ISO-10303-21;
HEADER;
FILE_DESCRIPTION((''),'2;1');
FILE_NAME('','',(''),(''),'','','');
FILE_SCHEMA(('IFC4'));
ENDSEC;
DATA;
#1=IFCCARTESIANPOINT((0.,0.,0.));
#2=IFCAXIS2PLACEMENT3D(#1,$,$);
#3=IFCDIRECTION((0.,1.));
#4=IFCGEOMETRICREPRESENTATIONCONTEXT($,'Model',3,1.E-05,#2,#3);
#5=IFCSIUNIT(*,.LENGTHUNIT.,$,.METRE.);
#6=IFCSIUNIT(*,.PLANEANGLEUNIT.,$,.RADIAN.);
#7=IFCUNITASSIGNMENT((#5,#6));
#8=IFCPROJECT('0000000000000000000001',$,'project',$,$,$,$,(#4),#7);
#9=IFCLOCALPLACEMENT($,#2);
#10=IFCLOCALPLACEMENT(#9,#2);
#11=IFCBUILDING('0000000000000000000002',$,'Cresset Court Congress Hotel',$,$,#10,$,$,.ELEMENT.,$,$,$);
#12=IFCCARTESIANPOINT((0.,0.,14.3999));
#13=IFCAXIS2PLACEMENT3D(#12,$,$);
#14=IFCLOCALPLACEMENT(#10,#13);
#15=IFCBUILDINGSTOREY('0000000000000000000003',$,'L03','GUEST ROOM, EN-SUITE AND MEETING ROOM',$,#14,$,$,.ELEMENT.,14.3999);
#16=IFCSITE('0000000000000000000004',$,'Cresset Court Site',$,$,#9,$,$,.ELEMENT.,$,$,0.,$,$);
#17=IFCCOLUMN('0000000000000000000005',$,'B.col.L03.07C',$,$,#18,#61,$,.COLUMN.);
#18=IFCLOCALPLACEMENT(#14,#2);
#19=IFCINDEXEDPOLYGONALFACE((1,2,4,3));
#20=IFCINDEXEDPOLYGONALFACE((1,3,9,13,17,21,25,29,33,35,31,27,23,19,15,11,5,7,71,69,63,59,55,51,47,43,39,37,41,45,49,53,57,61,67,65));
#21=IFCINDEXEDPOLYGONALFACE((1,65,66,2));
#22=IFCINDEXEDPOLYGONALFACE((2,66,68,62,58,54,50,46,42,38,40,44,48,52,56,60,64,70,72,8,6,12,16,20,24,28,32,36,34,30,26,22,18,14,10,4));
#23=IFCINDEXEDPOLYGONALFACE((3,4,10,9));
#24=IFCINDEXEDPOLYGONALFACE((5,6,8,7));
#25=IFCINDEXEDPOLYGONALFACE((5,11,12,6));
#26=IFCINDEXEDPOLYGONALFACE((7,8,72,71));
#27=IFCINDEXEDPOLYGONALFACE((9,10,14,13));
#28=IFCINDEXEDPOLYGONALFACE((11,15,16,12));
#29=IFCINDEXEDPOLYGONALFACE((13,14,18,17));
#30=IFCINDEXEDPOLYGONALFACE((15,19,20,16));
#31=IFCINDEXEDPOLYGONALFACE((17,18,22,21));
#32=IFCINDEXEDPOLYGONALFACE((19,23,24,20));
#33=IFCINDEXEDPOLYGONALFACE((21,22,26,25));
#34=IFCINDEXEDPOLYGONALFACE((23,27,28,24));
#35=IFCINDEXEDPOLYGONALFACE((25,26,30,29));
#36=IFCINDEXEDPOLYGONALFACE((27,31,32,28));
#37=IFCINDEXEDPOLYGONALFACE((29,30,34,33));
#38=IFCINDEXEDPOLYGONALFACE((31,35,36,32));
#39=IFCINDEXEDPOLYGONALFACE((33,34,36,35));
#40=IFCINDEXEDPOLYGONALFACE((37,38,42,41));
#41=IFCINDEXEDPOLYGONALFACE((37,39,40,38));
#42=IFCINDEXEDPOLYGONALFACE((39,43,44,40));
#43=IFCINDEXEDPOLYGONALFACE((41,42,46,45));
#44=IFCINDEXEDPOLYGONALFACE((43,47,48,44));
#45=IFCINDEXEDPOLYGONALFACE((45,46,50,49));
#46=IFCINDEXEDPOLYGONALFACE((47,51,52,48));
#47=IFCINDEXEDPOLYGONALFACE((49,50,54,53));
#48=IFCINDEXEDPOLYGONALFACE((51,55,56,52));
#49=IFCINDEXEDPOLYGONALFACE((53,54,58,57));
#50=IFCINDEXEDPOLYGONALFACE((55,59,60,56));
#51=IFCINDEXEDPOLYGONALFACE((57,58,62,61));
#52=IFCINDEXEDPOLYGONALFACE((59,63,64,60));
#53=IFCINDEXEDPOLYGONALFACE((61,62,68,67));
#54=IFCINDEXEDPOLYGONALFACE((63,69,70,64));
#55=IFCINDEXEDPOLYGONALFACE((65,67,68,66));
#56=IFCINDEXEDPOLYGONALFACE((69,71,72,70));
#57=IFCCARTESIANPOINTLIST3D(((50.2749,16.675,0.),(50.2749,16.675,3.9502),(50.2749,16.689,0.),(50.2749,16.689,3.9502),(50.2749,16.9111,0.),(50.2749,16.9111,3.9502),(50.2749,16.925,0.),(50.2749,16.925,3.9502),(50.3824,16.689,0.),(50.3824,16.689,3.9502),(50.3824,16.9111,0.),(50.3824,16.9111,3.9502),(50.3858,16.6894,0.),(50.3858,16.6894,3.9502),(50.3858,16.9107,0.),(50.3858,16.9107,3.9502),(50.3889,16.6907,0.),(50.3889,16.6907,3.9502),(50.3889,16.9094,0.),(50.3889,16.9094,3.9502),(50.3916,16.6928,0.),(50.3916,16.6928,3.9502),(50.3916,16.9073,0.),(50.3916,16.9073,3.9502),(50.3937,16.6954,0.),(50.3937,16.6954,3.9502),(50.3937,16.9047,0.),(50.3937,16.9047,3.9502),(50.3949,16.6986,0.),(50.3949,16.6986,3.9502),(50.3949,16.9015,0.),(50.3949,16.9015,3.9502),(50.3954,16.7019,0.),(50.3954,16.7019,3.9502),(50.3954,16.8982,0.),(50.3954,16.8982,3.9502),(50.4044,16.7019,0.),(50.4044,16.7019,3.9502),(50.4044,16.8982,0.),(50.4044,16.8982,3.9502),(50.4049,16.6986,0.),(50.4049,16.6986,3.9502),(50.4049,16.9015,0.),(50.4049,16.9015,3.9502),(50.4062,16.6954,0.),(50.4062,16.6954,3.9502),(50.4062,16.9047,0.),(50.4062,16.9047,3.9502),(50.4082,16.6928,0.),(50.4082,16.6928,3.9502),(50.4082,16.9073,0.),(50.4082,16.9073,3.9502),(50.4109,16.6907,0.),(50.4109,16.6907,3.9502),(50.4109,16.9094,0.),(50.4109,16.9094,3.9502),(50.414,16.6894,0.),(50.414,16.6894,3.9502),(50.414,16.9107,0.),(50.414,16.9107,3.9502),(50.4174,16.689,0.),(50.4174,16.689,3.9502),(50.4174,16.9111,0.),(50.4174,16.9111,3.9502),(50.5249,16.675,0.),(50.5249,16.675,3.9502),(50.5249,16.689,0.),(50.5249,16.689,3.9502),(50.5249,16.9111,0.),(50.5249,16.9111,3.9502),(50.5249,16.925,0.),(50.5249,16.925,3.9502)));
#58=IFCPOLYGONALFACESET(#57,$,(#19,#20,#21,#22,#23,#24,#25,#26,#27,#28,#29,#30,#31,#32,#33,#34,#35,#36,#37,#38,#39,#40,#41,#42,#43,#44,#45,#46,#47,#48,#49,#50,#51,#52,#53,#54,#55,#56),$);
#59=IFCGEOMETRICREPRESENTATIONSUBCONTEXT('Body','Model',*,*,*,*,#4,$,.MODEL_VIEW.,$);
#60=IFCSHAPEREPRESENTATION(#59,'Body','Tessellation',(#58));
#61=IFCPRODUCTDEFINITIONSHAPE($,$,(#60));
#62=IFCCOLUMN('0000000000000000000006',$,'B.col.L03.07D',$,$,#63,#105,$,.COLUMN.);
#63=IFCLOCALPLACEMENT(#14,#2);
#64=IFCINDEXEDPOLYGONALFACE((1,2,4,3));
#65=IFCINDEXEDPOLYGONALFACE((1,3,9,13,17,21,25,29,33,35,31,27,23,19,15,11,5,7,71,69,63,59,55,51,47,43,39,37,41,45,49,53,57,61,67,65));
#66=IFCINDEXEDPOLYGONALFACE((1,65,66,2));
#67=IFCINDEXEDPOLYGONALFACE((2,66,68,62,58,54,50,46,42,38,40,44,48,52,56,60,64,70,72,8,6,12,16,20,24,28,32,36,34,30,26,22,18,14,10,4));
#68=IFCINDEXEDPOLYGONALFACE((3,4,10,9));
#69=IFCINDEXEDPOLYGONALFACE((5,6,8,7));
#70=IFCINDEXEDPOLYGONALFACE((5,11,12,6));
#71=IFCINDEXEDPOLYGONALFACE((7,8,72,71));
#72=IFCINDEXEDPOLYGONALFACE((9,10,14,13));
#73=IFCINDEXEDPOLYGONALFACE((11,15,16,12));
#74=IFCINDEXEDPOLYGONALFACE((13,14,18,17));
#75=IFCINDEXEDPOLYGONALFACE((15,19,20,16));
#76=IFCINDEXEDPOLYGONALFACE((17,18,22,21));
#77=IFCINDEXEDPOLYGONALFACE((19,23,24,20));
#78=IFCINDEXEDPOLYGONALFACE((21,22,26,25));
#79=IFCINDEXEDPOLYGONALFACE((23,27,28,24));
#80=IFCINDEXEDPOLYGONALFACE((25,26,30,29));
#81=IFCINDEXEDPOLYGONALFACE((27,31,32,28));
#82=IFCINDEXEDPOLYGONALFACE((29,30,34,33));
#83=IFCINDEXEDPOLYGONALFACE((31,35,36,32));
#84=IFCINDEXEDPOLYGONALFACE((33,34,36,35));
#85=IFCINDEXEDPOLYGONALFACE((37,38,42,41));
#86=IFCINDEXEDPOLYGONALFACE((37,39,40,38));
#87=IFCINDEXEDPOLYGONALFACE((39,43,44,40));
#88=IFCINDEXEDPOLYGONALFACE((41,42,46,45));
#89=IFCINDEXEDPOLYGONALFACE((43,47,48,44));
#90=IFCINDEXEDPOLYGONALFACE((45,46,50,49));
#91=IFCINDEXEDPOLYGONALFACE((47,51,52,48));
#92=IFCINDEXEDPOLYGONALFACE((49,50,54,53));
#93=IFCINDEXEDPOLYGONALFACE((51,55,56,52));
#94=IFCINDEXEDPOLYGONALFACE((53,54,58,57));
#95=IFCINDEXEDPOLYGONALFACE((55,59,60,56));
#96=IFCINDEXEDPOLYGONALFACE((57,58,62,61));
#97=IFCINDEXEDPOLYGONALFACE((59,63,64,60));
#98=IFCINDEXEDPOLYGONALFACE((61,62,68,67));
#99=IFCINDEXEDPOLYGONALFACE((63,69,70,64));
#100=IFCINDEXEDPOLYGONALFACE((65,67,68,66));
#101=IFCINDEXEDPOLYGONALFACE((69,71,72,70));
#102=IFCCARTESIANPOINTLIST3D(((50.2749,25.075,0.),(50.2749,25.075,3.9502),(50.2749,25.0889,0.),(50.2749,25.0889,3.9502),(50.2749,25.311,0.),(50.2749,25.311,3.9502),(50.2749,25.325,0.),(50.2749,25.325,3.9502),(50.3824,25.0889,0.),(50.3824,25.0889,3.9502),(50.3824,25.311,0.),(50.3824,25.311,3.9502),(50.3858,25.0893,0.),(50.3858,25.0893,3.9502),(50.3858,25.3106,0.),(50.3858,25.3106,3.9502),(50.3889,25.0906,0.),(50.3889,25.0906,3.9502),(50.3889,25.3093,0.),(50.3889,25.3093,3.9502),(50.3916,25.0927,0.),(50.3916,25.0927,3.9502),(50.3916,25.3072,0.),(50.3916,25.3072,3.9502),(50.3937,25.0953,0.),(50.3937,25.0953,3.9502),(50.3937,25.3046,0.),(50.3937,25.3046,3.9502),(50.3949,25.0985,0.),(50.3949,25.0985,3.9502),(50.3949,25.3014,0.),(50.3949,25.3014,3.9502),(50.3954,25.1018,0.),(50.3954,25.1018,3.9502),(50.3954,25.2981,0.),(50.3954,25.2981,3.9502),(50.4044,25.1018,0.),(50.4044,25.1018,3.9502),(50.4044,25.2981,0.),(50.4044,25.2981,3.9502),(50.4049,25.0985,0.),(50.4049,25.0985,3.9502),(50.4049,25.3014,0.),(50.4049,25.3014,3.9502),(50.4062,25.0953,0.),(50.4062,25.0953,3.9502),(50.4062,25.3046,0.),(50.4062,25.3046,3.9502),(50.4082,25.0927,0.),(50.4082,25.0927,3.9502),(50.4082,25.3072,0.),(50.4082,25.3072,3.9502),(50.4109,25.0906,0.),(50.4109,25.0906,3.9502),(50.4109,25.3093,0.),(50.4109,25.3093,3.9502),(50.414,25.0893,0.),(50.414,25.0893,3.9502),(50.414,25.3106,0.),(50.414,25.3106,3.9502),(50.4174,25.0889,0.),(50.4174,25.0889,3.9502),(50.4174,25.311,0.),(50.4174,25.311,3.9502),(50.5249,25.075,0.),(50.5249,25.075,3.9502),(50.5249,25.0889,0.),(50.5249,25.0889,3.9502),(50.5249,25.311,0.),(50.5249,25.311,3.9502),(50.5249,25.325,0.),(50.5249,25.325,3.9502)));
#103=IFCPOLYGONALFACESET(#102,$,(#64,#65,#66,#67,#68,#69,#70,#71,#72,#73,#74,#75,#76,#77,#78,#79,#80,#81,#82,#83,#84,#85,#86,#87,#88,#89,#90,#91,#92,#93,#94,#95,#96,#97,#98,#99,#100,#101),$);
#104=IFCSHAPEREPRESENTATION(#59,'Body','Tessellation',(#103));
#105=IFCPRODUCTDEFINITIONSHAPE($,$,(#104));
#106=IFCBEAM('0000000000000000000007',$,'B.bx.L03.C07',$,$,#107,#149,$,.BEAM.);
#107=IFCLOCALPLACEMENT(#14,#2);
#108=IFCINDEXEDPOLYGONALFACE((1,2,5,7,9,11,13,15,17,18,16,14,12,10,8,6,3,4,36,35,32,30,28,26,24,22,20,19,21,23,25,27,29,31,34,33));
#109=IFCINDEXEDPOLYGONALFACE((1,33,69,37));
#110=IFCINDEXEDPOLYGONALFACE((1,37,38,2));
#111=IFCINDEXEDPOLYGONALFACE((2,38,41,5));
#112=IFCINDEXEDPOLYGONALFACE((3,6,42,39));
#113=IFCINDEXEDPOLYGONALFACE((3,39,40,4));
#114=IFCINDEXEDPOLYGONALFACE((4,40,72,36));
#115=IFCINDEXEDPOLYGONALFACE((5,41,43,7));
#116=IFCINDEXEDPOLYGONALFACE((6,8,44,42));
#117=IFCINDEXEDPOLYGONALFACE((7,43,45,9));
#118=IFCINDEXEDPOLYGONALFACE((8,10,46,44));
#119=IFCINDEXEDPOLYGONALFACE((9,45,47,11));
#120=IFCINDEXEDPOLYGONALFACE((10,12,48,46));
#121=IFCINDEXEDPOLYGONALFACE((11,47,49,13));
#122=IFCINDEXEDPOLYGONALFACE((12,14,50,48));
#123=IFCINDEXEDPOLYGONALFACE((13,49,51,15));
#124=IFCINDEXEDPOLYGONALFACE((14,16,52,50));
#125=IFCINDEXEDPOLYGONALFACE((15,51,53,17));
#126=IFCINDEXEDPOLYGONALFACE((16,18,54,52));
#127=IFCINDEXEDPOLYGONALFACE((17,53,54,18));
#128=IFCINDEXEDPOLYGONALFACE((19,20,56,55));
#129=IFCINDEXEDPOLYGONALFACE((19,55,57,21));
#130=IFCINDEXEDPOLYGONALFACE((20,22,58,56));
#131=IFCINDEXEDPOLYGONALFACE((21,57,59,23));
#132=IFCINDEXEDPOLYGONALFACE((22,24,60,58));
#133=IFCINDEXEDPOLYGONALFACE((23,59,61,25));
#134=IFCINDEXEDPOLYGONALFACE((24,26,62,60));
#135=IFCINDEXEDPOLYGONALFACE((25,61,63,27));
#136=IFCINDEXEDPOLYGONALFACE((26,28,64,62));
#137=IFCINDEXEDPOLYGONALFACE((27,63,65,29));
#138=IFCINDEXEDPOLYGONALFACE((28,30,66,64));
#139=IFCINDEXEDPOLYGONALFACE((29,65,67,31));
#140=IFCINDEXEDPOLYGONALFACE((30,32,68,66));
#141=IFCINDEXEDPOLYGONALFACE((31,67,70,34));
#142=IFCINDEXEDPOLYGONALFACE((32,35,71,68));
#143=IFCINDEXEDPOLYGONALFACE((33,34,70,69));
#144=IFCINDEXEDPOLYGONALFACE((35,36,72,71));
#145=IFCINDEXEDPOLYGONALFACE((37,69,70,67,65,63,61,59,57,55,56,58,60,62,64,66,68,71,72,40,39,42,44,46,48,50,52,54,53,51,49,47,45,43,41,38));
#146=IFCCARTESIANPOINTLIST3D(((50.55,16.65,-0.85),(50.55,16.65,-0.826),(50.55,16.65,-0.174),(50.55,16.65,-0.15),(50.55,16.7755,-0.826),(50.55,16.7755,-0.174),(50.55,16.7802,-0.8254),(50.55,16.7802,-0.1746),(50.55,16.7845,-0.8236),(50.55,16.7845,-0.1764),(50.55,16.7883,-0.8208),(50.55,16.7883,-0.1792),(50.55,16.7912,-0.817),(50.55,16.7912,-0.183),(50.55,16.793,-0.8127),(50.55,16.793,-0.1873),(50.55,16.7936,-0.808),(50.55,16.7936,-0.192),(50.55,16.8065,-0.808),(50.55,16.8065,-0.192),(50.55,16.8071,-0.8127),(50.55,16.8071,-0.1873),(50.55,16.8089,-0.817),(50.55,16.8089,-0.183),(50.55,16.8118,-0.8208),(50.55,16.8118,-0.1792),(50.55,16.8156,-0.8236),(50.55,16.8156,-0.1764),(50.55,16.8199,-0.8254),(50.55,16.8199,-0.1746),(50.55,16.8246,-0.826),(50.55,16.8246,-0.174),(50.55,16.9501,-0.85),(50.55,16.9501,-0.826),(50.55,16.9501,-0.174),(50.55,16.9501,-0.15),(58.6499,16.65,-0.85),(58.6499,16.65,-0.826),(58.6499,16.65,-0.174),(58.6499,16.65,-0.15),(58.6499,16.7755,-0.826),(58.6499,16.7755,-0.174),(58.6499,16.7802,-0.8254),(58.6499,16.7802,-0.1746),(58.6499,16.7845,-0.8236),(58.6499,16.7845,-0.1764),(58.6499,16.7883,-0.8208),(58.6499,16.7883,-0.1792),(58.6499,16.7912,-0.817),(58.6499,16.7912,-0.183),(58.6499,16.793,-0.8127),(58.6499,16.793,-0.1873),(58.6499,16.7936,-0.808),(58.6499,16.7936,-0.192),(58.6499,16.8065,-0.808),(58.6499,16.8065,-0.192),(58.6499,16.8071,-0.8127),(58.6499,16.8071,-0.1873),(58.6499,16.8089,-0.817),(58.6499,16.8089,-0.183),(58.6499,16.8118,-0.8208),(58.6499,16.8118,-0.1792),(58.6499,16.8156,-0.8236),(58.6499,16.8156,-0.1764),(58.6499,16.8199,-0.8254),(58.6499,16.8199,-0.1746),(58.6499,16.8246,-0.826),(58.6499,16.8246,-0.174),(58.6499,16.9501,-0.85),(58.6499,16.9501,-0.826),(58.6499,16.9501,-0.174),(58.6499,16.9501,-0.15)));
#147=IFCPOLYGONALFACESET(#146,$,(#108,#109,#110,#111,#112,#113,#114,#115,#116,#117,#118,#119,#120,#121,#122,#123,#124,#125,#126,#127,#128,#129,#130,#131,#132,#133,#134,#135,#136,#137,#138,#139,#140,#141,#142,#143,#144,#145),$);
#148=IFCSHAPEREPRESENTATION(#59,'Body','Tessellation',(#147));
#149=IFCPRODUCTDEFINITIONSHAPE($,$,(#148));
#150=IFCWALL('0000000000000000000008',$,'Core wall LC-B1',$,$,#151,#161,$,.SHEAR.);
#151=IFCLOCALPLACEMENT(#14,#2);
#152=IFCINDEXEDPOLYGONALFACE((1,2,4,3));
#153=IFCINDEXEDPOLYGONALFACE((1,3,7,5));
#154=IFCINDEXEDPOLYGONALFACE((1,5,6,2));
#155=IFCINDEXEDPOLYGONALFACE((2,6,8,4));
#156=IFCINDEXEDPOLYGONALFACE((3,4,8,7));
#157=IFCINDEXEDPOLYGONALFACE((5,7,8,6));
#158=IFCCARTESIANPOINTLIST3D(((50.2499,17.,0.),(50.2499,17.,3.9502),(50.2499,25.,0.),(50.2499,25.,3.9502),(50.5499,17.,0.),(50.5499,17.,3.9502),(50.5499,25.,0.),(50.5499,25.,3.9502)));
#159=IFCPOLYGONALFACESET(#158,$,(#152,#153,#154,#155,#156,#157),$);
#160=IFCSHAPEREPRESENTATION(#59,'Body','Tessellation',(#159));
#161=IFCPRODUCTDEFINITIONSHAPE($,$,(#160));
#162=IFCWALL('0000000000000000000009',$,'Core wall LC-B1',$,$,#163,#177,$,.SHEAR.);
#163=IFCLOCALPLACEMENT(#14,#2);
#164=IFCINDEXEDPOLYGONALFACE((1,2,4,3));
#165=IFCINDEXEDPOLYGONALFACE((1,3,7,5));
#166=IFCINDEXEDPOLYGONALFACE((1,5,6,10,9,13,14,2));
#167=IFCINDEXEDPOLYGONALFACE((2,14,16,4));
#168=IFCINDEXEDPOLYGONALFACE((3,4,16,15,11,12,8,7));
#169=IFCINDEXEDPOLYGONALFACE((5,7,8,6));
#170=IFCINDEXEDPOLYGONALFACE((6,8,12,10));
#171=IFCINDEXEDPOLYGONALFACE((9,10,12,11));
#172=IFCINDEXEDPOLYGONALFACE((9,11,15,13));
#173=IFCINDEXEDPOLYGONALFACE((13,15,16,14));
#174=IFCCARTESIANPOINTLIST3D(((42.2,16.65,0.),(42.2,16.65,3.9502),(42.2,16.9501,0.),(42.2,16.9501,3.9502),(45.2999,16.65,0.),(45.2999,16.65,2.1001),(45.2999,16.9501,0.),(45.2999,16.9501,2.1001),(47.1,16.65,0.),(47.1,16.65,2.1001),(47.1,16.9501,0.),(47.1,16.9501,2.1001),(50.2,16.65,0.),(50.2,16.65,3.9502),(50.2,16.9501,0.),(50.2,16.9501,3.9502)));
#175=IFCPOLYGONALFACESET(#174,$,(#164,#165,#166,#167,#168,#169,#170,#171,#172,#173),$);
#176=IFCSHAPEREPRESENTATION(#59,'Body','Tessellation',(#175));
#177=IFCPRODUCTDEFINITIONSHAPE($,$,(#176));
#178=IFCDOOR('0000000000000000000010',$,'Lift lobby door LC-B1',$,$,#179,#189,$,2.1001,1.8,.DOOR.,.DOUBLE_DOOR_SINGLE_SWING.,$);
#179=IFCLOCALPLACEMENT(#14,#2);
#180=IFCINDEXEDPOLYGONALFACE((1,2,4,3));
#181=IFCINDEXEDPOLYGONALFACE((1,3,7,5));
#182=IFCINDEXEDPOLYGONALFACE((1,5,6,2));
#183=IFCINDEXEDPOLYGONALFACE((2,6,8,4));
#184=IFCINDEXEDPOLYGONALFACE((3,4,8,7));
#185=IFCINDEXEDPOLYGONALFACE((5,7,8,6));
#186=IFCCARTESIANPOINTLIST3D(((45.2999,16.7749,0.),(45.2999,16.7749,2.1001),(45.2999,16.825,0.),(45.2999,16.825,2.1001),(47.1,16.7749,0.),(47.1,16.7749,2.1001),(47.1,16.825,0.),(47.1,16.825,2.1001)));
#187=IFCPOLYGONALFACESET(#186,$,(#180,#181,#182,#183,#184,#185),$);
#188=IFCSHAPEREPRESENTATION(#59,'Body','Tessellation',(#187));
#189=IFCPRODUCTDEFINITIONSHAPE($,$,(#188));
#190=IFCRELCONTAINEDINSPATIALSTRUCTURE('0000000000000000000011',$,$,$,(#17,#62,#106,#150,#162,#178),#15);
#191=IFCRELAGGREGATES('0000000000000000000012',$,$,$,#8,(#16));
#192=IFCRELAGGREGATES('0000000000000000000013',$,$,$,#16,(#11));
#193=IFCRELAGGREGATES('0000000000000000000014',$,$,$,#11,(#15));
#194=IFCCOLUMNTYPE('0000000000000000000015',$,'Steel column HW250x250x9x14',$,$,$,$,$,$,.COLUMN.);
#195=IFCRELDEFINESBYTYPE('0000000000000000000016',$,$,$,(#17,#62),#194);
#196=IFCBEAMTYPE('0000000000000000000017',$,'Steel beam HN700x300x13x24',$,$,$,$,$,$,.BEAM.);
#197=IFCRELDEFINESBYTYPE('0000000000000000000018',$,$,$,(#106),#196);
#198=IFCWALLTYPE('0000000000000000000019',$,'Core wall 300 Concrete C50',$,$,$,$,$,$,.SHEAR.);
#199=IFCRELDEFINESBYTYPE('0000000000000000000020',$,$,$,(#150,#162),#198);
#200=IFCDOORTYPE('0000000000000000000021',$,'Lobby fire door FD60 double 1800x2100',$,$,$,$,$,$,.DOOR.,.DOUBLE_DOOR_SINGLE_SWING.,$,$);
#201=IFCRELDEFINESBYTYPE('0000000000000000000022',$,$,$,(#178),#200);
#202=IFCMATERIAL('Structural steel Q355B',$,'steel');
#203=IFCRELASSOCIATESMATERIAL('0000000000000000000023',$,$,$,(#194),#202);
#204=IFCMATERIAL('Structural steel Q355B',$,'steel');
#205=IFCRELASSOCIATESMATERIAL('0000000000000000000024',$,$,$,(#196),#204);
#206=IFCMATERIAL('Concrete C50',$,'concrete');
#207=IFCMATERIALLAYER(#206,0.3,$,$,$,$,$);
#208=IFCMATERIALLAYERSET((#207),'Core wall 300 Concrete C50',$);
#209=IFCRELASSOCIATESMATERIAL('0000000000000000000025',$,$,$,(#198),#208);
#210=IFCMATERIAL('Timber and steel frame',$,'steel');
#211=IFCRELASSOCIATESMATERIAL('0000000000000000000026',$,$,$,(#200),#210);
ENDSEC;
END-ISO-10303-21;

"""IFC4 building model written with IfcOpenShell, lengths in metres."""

from ifc_helpers import new_model, si_unit, direction, frame, frame_2d, origin, origin_2d, place, context, subcontext, project, spatial, rectangle, i_section, extrude, material, layer, layer_set, material_profile, profile_set, type_object, element, fill, save


model = new_model("IFC4")

# Units and contexts
model_context = context("Model", 3, precision=1e-05, world=origin(), true_north=direction((0.0, 1.0)))
body_context = subcontext(model_context, "Body", "Model", "MODEL_VIEW")
ifc_project = project(units=[si_unit("LENGTHUNIT", "METRE"), si_unit("PLANEANGLEUNIT", "RADIAN")], contexts=[model_context])

# Site, building, storey
site_placement = place(None, origin())
site = spatial("IfcSite", under=ifc_project, at=site_placement, Name="Cresset Court Site", CompositionType="ELEMENT", RefElevation=0.0)
building_placement = place(site_placement, origin())
building = spatial("IfcBuilding", under=site, at=building_placement, Name="Cresset Court Congress Hotel", CompositionType="ELEMENT")
storey_placement = place(building_placement, frame((0.0, 0.0, 14.3999)))
storey = spatial("IfcBuildingStorey", under=building, at=storey_placement, Name="L03", Description="GUEST ROOM, EN-SUITE AND MEETING ROOM", CompositionType="ELEMENT", Elevation=14.3999)

# Columns
ifc_material_1 = material(Name="Structural steel Q355B", Category="steel")
ifc_material_profile_1 = material_profile(ifc_material_1, i_section(OverallWidth=0.25, OverallDepth=0.25, WebThickness=0.009, FlangeThickness=0.0139, FilletRadius=0.0129, at=origin_2d()), Name="HW250x250x9x14")
ifc_profile_set_1 = profile_set([ifc_material_profile_1], Name="Structural steel Q355B")
column_type = type_object("IfcColumnType", Name="Steel column HW250x250x9x14", PredefinedType="COLUMN", material=ifc_profile_set_1)
for number, where, z_axis, x_axis, name in (
    (1, (50.3999, 16.8, 0.0), (0.0, 0.0, 1.0), (1.0, 0.0, 0.0), "B.col.L03.07C"),
    (2, (50.3999, 25.2, 0.0), (0.0, 0.0, 1.0), (1.0, 0.0, 0.0), "B.col.L03.07D"),
):
    element("IfcColumn", number, at=place(storey_placement, frame(where, z_axis=z_axis, x_axis=x_axis)), inside=storey, type_object=column_type, Name=name, PredefinedType="COLUMN", context=body_context, shape_type="SweptSolid", body=[
        extrude(i_section(OverallWidth=0.25, OverallDepth=0.25, WebThickness=0.009, FlangeThickness=0.0139, FilletRadius=0.0129, at=origin_2d()), origin(), (0.0, 0.0, 1.0), 3.9502),
    ])

# Beam
ifc_material_2 = material(Name="Structural steel Q355B", Category="steel")
ifc_material_profile_2 = material_profile(ifc_material_2, i_section(OverallWidth=0.3, OverallDepth=0.7, WebThickness=0.0129, FlangeThickness=0.0239, FilletRadius=0.0181, at=origin_2d()), Name="HN700x300x13x24")
ifc_profile_set_2 = profile_set([ifc_material_profile_2], Name="Structural steel Q355B")
beam_type = type_object("IfcBeamType", Name="Steel beam HN700x300x13x24", PredefinedType="BEAM", material=ifc_profile_set_2)
beam_placement = place(storey_placement, frame((50.55, 16.8, -0.5), z_axis=(1.0, 0.0, 0.0), x_axis=(0.0, 1.0, 0.0)))
element("IfcBeam", 3, at=beam_placement, inside=storey, type_object=beam_type, Name="B.bx.L03.C07", PredefinedType="BEAM", context=body_context, shape_type="SweptSolid", body=[
    extrude(i_section(OverallWidth=0.3, OverallDepth=0.7, WebThickness=0.0129, FlangeThickness=0.0239, FilletRadius=0.0181, at=origin_2d()), origin(), (0.0, 0.0, 1.0), 8.0999),
])

# Wall
ifc_material_3 = material(Name="Concrete C50", Category="concrete")
ifc_layer_1 = layer(ifc_material_3, 0.3)
ifc_layer_set_1 = layer_set([ifc_layer_1], Name="Core wall 300 Concrete C50")
wall_type_1 = type_object("IfcWallType", Name="Core wall 300 Concrete C50", PredefinedType="SHEAR", material=ifc_layer_set_1)
wall_1_placement = place(storey_placement, frame((50.3999, 17.0, 0.0), z_axis=(0.0, 0.0, 1.0), x_axis=(0.0, 1.0, 0.0)))
element("IfcWall", 4, at=wall_1_placement, inside=storey, type_object=wall_type_1, Name="Core wall LC-B1", PredefinedType="SHEAR", context=body_context, shape_type="SweptSolid", body=[
    extrude(rectangle(XDim=8.0, YDim=0.3, at=frame_2d((4.0, 0.0))), origin(), (0.0, 0.0, 1.0), 3.9502),
])

# Wall, opening, door
wall_2_placement = place(storey_placement, frame((42.2, 16.8, 0.0), z_axis=(0.0, 0.0, 1.0), x_axis=(1.0, 0.0, 0.0)))
wall_2 = element("IfcWall", 5, at=wall_2_placement, inside=storey, type_object=wall_type_1, Name="Core wall LC-B1", PredefinedType="SHEAR", context=body_context, shape_type="SweptSolid", body=[
    extrude(rectangle(XDim=8.0, YDim=0.3, at=frame_2d((4.0, 0.0))), origin(), (0.0, 0.0, 1.0), 3.9502),
])
opening_1_placement = place(wall_2_placement, frame((3.1001, 0.0, 0.0)))
opening_1 = element("IfcOpeningElement", 6, at=opening_1_placement, cuts=wall_2, PredefinedType="OPENING", context=body_context, shape_type="SweptSolid", body=[
    extrude(rectangle(XDim=1.8, YDim=2.1001, at=frame_2d((0.8999, 1.05))), frame((0.0, 0.1599, 0.0), z_axis=(0.0, -1.0, 0.0), x_axis=(1.0, 0.0, 0.0)), (0.0, 0.0, 1.0), 0.3201),
])
ifc_material_4 = material(Name="Timber and steel frame", Category="steel")
door_type_1 = type_object("IfcDoorType", Name="Lobby fire door FD60 double 1800x2100", OperationType="DOUBLE_DOOR_SINGLE_SWING", PredefinedType="DOOR", material=ifc_material_4)
door_1_placement = place(opening_1_placement, origin())
door_1 = element("IfcDoor", 7, at=door_1_placement, inside=storey, type_object=door_type_1, Name="Lift lobby door LC-B1", OperationType="DOUBLE_DOOR_SINGLE_SWING", OverallHeight=2.1001, OverallWidth=1.8, PredefinedType="DOOR", context=body_context, shape_type="SweptSolid", body=[
    extrude(rectangle(XDim=1.8, YDim=2.1001, at=frame_2d((0.8999, 1.05))), frame((0.0, 0.0249, 0.0), z_axis=(0.0, -1.0, 0.0), x_axis=(1.0, 0.0, 0.0)), (0.0, 0.0, 1.0), 0.05),
])
fill(opening_1, door_1)

save(model, "model.ifc")
